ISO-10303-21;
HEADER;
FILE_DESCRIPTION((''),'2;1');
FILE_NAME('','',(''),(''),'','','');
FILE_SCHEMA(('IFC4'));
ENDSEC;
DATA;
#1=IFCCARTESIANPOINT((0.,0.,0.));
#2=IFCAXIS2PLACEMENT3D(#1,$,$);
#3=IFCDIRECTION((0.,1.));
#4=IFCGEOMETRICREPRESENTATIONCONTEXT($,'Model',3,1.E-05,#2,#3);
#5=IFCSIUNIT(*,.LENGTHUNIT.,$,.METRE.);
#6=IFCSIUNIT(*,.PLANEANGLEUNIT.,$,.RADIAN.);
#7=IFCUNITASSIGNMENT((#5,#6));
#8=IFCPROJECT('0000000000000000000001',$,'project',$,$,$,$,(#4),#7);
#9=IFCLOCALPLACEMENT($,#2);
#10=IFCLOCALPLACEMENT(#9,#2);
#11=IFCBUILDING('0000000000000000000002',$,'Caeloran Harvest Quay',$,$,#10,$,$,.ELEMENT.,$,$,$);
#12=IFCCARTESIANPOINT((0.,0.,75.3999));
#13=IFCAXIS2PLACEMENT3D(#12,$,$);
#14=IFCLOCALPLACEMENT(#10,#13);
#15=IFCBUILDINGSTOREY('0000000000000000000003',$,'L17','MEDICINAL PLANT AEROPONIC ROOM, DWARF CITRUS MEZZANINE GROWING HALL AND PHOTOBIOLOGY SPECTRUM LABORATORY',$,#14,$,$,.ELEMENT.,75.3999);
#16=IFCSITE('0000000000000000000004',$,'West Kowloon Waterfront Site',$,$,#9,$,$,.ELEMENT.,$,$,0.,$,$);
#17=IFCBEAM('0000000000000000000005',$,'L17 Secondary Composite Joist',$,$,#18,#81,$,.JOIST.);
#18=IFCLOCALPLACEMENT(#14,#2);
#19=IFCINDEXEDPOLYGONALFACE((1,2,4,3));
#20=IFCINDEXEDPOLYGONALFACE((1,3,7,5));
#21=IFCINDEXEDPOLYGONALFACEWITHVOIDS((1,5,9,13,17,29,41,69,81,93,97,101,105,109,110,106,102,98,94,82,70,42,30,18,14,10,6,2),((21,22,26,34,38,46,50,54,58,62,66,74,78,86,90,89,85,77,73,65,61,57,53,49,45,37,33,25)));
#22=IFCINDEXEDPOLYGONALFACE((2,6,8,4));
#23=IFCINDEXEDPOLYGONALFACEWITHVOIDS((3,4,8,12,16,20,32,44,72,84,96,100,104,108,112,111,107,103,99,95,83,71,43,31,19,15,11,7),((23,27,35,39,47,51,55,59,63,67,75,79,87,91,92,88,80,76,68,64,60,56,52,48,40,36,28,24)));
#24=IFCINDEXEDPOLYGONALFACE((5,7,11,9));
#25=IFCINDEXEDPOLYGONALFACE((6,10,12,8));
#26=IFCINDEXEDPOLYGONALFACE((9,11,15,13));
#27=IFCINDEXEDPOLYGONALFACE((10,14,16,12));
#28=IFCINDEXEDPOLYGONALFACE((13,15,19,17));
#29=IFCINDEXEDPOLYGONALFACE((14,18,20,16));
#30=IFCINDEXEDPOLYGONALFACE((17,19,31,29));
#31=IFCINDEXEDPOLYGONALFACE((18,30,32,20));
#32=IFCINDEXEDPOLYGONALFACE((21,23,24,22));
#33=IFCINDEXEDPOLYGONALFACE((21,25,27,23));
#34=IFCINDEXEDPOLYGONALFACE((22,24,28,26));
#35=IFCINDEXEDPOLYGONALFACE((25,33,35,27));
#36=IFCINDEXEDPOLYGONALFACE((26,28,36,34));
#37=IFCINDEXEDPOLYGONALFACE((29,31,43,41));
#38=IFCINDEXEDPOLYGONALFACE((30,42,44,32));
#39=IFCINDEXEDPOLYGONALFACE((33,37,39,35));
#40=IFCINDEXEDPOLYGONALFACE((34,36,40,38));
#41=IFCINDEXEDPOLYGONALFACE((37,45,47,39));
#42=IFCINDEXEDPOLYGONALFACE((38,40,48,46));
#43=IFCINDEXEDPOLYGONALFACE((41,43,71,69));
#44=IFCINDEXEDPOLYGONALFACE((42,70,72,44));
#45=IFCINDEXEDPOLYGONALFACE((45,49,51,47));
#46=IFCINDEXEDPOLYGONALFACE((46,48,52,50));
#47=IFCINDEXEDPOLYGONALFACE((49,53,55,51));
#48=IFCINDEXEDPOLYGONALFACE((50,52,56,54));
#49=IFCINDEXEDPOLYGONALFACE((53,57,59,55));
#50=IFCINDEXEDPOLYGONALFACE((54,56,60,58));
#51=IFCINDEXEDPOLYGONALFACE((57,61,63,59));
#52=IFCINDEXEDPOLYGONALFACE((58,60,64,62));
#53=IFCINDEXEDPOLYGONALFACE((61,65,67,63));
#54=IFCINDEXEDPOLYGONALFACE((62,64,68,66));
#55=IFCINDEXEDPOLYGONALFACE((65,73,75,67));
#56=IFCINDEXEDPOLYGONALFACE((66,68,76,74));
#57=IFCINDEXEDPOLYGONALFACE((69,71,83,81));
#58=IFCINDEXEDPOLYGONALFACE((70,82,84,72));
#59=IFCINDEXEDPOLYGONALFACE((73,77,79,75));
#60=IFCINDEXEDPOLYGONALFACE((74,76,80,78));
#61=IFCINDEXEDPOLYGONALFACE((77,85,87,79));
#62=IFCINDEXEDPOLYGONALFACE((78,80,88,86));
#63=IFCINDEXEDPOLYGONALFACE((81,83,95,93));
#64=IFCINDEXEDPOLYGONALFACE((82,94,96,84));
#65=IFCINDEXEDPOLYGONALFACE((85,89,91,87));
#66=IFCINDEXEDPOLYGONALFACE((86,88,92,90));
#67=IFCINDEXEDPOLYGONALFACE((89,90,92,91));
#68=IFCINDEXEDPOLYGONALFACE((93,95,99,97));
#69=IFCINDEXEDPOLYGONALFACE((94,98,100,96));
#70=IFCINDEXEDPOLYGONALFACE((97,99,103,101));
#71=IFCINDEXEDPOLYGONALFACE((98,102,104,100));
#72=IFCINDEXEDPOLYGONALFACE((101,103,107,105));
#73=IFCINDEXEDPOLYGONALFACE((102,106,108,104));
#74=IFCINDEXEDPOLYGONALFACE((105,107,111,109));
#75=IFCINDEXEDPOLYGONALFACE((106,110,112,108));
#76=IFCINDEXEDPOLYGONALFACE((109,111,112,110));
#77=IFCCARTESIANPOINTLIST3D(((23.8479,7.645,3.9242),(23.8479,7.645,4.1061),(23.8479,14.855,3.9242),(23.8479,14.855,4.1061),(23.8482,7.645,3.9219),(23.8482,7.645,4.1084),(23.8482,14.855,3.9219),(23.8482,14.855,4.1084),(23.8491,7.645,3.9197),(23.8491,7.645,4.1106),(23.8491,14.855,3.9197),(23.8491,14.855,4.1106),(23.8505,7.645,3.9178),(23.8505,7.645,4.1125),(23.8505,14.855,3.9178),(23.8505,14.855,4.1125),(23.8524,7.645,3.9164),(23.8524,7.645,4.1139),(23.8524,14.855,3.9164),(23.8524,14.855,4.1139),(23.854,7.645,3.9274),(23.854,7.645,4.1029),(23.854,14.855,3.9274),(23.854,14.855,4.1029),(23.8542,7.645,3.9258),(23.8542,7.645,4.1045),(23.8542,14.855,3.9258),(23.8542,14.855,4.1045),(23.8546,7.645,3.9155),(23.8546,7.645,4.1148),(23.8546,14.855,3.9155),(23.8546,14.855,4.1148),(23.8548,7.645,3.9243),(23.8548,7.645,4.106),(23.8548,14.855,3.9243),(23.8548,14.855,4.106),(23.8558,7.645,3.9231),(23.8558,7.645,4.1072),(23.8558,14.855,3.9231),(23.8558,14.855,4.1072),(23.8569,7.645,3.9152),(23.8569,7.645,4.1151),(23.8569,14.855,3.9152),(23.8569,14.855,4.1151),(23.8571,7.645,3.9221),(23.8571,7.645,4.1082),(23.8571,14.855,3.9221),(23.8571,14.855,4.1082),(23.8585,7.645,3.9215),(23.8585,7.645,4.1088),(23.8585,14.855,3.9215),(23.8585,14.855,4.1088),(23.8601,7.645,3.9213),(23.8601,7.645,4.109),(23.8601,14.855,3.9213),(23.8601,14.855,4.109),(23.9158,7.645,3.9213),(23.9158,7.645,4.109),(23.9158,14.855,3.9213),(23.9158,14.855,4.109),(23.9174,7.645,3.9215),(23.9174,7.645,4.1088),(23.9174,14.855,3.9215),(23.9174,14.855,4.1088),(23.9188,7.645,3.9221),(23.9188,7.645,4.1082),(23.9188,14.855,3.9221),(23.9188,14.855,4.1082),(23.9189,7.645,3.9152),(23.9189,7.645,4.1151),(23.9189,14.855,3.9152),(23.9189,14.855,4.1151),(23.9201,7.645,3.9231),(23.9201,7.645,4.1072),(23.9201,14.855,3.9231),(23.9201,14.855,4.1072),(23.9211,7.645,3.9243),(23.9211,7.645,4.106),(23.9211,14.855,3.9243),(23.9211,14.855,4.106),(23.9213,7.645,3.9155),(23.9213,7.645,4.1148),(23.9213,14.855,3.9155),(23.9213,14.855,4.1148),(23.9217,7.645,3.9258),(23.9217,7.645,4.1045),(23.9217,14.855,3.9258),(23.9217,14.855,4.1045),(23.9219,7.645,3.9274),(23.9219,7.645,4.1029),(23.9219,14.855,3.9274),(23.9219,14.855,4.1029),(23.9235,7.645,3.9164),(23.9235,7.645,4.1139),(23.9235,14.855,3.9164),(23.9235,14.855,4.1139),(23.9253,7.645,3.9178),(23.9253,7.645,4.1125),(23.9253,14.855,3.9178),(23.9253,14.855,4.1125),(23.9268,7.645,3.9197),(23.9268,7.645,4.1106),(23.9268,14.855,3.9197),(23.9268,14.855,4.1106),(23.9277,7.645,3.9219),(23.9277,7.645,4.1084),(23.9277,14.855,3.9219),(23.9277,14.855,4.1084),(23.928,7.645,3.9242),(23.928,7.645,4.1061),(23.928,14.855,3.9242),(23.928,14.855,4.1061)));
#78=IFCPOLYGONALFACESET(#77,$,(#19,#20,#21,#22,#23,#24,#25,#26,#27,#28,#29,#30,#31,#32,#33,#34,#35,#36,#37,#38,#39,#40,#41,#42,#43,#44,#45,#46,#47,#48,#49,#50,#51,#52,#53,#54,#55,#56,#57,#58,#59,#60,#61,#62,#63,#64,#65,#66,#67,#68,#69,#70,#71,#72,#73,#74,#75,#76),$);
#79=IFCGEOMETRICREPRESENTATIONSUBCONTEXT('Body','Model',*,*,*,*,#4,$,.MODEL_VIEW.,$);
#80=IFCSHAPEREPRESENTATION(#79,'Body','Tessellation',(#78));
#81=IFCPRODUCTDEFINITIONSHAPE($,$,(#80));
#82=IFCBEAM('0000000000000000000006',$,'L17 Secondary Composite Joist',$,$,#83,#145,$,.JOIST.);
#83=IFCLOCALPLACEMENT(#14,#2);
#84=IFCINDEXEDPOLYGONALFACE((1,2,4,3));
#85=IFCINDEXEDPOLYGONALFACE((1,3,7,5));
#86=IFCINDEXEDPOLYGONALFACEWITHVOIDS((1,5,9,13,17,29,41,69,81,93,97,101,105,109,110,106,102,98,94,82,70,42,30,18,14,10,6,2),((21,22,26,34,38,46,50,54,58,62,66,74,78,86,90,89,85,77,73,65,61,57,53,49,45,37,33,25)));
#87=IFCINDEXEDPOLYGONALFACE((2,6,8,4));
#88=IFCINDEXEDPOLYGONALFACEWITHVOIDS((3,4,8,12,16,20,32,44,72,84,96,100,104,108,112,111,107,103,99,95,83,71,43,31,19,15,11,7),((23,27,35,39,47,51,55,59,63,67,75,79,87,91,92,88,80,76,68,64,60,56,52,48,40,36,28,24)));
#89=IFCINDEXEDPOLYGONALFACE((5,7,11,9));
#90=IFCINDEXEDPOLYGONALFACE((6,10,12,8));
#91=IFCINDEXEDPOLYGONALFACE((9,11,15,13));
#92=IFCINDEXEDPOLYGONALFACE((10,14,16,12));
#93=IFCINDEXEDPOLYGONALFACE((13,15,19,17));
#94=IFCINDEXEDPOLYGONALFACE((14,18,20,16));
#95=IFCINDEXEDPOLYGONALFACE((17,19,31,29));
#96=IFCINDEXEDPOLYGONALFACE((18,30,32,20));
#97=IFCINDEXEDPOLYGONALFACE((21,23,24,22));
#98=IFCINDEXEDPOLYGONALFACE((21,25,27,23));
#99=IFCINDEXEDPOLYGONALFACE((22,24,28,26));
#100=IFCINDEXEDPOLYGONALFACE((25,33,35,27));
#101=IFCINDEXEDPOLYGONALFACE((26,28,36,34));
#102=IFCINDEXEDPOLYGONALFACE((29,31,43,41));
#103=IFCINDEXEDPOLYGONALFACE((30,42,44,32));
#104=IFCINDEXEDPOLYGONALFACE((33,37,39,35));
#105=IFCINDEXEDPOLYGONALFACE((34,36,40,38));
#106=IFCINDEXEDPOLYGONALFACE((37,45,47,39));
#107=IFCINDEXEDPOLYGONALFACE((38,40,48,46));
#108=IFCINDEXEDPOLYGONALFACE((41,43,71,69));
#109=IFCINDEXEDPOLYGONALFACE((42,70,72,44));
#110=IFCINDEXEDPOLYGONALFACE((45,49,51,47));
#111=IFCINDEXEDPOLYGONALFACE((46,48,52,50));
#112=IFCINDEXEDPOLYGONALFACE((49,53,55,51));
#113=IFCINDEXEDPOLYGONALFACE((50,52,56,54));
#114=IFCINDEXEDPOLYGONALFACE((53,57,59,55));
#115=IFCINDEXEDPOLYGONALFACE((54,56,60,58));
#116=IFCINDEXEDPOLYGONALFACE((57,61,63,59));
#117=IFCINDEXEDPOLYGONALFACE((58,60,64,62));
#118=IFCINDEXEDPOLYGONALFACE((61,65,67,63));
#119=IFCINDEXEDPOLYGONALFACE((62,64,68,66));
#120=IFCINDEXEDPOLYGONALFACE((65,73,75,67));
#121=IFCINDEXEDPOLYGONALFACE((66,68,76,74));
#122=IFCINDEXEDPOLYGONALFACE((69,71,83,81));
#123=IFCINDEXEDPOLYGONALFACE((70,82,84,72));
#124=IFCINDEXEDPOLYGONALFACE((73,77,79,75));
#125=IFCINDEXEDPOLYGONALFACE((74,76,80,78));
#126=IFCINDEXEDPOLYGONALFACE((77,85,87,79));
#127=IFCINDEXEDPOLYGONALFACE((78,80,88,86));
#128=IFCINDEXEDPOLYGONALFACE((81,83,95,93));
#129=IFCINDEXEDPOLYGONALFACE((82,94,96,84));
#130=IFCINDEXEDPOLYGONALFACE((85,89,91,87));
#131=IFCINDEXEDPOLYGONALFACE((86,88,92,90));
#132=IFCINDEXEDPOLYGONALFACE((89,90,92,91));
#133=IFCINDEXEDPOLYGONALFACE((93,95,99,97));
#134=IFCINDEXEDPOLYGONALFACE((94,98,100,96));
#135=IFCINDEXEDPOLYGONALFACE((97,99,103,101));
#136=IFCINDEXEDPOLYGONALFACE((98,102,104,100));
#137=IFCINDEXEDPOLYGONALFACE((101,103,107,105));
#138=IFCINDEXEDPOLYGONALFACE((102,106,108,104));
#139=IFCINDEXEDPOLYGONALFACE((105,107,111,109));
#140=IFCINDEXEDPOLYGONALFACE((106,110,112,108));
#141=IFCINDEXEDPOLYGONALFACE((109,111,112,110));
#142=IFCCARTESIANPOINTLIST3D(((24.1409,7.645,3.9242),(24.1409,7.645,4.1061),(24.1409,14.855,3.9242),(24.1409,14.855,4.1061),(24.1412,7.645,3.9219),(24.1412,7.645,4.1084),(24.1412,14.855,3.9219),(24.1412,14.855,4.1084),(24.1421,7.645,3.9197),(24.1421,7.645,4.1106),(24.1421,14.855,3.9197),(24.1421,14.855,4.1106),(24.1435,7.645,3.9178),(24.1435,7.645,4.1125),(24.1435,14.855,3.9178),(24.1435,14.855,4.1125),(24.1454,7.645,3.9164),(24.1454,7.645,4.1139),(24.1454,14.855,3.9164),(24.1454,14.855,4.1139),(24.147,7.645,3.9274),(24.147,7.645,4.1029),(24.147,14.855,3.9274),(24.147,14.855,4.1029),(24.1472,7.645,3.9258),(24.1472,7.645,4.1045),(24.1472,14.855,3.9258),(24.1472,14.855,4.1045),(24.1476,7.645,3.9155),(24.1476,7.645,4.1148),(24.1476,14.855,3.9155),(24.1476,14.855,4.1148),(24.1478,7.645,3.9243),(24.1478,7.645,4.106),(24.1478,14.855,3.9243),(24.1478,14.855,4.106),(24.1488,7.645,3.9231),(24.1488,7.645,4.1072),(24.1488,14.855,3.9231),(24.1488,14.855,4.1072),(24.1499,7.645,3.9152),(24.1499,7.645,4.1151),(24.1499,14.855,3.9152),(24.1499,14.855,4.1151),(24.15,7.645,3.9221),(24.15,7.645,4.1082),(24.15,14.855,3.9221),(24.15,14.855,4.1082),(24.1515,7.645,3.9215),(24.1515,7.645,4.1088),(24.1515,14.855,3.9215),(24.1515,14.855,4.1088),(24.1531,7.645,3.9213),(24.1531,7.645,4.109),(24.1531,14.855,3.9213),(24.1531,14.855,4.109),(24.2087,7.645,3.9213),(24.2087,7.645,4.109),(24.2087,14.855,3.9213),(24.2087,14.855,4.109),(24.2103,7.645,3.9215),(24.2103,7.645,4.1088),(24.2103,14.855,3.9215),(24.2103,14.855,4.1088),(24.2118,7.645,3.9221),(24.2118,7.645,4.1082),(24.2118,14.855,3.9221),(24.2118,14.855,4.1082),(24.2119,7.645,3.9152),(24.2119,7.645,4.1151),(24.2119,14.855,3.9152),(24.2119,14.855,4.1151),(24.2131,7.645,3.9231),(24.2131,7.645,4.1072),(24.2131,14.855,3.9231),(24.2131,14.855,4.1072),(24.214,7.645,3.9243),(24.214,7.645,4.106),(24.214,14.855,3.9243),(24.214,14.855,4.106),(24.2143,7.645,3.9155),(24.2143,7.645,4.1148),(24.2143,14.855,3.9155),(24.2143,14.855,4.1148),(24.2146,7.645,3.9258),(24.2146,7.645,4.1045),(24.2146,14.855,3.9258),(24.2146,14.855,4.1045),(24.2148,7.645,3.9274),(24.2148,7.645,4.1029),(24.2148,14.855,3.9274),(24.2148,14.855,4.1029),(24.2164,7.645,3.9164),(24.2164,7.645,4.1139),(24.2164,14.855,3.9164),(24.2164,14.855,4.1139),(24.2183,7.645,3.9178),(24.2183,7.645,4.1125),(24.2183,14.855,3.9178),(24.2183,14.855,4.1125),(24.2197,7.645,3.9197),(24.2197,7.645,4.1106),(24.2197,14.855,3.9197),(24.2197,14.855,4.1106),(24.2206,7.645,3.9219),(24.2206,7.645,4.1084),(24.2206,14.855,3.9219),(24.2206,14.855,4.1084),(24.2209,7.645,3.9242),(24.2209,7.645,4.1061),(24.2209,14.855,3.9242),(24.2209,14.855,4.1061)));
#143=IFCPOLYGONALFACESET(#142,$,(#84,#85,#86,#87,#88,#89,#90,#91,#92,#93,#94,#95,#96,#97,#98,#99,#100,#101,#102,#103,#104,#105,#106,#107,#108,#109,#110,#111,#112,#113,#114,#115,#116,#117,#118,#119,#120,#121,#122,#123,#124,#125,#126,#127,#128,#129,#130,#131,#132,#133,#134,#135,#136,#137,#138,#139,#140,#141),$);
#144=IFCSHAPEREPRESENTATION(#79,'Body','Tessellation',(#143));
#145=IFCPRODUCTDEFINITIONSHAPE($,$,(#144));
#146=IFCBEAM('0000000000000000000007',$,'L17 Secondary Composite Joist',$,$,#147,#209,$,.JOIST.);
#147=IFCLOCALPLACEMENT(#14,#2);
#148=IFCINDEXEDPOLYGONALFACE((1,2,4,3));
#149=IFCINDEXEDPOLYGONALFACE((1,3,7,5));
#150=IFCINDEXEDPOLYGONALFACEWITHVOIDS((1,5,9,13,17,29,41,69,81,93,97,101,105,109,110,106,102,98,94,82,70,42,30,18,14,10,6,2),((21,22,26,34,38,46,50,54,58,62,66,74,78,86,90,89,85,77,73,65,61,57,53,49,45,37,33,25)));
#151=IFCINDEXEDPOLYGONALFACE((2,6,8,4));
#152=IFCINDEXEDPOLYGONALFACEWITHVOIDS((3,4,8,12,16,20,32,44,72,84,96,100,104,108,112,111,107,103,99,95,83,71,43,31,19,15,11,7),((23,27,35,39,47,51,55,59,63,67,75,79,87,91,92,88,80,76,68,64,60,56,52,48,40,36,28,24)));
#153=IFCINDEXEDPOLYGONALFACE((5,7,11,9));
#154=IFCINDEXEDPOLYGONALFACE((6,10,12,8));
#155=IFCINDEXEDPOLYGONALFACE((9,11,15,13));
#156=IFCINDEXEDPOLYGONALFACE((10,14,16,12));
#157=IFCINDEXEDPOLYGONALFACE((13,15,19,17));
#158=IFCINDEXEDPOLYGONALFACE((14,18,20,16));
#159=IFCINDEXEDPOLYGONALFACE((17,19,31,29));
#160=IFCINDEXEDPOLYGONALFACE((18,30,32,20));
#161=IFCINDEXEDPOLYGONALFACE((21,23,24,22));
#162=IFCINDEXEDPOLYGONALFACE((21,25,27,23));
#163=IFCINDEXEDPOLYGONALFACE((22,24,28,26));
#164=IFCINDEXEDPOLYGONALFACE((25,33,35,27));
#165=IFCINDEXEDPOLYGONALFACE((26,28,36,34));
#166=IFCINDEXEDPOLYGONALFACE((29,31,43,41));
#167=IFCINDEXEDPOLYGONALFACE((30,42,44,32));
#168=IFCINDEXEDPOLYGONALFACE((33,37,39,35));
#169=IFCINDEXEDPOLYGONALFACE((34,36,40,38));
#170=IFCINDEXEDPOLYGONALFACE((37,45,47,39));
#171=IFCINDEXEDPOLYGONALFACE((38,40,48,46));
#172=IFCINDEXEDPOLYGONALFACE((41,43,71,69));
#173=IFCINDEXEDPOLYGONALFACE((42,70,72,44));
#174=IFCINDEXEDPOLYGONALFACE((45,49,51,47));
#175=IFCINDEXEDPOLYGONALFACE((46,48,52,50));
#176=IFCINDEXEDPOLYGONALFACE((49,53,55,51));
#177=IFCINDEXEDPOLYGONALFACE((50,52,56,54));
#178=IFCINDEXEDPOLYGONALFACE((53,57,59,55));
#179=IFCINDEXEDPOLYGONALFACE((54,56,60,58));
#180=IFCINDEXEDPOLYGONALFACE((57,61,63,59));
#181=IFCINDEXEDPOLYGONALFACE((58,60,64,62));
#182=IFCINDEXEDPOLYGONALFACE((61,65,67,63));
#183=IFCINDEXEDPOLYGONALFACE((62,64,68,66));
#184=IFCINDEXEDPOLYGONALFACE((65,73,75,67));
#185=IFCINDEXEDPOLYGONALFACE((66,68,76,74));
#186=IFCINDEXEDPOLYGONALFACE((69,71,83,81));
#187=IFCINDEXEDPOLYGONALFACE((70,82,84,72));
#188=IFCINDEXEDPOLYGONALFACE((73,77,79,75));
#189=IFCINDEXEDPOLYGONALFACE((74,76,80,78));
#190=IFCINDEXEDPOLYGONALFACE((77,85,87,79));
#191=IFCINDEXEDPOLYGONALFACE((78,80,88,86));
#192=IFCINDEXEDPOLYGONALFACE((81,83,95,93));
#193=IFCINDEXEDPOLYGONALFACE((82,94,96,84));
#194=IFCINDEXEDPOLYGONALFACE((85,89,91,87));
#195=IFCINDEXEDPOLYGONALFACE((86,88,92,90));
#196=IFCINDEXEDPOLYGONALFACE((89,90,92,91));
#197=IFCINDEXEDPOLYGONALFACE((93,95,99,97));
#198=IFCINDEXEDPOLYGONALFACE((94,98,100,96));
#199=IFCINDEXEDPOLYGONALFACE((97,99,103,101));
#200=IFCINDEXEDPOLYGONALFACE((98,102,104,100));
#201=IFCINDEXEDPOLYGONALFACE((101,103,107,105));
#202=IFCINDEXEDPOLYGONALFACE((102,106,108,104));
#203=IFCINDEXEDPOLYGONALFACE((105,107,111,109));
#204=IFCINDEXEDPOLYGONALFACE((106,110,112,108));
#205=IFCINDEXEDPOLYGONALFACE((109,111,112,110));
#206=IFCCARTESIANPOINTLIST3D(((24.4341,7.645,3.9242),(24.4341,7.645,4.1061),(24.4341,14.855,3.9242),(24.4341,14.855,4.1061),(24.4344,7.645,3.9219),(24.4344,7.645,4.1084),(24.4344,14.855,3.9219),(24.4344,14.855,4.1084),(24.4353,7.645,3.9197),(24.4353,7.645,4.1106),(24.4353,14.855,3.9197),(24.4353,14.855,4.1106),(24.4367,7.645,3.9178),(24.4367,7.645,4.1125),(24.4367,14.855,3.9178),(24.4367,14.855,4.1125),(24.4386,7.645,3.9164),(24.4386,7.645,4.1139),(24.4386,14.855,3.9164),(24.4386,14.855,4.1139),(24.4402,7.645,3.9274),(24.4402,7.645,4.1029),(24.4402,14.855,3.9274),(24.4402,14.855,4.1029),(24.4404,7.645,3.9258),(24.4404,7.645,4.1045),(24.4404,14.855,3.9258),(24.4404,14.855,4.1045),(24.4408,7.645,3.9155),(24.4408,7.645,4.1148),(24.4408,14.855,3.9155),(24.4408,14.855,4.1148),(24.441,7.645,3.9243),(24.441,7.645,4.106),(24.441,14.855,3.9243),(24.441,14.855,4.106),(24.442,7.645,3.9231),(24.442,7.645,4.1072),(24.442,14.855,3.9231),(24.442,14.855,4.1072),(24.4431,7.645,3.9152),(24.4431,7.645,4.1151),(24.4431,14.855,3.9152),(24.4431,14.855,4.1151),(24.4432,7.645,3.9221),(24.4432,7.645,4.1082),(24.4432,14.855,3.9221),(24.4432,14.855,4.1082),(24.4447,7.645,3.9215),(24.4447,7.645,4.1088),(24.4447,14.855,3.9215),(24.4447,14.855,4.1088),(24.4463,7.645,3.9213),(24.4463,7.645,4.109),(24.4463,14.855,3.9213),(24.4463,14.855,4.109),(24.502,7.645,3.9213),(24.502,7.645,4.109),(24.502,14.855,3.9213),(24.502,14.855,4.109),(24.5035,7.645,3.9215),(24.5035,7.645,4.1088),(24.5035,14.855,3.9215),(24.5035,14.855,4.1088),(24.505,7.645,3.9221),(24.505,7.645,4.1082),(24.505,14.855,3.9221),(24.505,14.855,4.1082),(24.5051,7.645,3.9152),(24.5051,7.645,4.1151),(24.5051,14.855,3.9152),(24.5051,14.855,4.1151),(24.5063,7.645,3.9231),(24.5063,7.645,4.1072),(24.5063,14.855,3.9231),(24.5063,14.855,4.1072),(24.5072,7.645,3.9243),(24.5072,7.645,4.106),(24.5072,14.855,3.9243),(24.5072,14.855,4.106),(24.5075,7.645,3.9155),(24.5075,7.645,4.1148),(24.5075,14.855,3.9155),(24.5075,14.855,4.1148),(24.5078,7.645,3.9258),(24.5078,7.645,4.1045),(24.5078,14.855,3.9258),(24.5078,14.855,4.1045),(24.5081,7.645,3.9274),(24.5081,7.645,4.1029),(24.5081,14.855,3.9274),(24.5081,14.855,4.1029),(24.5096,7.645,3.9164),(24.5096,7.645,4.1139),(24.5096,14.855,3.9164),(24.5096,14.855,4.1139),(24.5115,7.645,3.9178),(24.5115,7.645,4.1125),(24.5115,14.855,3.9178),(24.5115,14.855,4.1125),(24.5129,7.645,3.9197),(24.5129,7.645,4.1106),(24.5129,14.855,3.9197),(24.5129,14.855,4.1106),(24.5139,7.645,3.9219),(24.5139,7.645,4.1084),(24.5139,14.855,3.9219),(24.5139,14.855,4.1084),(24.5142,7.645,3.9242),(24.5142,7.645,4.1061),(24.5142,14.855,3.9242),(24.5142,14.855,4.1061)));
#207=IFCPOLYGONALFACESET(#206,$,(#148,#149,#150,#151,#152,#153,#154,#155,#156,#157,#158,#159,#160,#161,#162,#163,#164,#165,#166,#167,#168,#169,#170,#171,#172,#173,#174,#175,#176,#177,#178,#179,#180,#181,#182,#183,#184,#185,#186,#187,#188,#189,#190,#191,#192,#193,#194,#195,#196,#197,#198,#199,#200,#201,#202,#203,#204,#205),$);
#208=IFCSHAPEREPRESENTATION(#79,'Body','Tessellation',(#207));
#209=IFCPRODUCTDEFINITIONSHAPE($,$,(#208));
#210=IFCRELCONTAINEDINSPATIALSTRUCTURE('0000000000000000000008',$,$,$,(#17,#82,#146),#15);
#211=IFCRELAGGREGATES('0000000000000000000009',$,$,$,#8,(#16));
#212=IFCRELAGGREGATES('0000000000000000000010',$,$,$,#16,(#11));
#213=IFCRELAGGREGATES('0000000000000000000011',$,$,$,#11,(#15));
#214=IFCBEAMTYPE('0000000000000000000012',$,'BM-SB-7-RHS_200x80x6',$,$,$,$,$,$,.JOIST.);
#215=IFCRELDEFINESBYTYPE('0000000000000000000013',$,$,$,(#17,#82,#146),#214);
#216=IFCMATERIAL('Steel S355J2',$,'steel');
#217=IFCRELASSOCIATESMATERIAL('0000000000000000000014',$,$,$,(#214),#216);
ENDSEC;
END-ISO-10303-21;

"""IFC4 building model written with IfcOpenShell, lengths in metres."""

from ifc_helpers import new_model, si_unit, direction, frame, origin, origin_2d, place, context, subcontext, project, spatial, hollow_rectangle, extrude, material, material_profile, profile_set, type_object, element, save


model = new_model("IFC4")

# Units and contexts
model_context = context("Model", 3, precision=1e-05, world=origin(), true_north=direction((0.0, 1.0)))
body_context = subcontext(model_context, "Body", "Model", "MODEL_VIEW")
ifc_project = project(units=[si_unit("LENGTHUNIT", "METRE"), si_unit("PLANEANGLEUNIT", "RADIAN")], contexts=[model_context])

# Site, building, storey
site_placement = place(None, origin())
site = spatial("IfcSite", under=ifc_project, at=site_placement, Name="West Kowloon Waterfront Site", CompositionType="ELEMENT", RefElevation=0.0)
building_placement = place(site_placement, origin())
building = spatial("IfcBuilding", under=site, at=building_placement, Name="Caeloran Harvest Quay", CompositionType="ELEMENT")
storey_placement = place(building_placement, frame((0.0, 0.0, 75.3999)))
storey = spatial("IfcBuildingStorey", under=building, at=storey_placement, Name="L17", Description="MEDICINAL PLANT AEROPONIC ROOM, DWARF CITRUS MEZZANINE GROWING HALL AND PHOTOBIOLOGY SPECTRUM LABORATORY", CompositionType="ELEMENT", Elevation=75.3999)

# Beams
ifc_material_1 = material(Name="Steel S355J2", Category="steel")
ifc_material_profile_1 = material_profile(ifc_material_1, hollow_rectangle(XDim=0.0801, YDim=0.2, WallThickness=0.0061, InnerFilletRadius=0.0061, OuterFilletRadius=0.009, at=origin_2d()), Name="RHS 200x80x6")
ifc_profile_set_1 = profile_set([ifc_material_profile_1], Name="Steel S355J2")
beam_type_1 = type_object("IfcBeamType", Name="BM-SB-7-RHS_200x80x6", PredefinedType="JOIST", material=ifc_profile_set_1)
for number, where, z_axis, x_axis, name in (
    (1, (23.8879, 7.645, 4.0151), (0.0, 1.0, 0.0), (-1.0, 0.0, 0.0), "L17 Secondary Composite Joist"),
    (2, (24.1809, 7.645, 4.0151), (0.0, 1.0, 0.0), (-1.0, 0.0, 0.0), "L17 Secondary Composite Joist"),
    (3, (24.4741, 7.645, 4.0151), (0.0, 1.0, 0.0), (-1.0, 0.0, 0.0), "L17 Secondary Composite Joist"),
):
    element("IfcBeam", number, at=place(storey_placement, frame(where, z_axis=z_axis, x_axis=x_axis)), inside=storey, type_object=beam_type_1, Name=name, PredefinedType="JOIST", context=body_context, shape_type="SweptSolid", body=[
        extrude(hollow_rectangle(XDim=0.0801, YDim=0.2, WallThickness=0.0061, InnerFilletRadius=0.0061, OuterFilletRadius=0.009, at=origin_2d()), origin(), (0.0, 0.0, 1.0), 7.21),
    ])

save(model, "model.ifc")
